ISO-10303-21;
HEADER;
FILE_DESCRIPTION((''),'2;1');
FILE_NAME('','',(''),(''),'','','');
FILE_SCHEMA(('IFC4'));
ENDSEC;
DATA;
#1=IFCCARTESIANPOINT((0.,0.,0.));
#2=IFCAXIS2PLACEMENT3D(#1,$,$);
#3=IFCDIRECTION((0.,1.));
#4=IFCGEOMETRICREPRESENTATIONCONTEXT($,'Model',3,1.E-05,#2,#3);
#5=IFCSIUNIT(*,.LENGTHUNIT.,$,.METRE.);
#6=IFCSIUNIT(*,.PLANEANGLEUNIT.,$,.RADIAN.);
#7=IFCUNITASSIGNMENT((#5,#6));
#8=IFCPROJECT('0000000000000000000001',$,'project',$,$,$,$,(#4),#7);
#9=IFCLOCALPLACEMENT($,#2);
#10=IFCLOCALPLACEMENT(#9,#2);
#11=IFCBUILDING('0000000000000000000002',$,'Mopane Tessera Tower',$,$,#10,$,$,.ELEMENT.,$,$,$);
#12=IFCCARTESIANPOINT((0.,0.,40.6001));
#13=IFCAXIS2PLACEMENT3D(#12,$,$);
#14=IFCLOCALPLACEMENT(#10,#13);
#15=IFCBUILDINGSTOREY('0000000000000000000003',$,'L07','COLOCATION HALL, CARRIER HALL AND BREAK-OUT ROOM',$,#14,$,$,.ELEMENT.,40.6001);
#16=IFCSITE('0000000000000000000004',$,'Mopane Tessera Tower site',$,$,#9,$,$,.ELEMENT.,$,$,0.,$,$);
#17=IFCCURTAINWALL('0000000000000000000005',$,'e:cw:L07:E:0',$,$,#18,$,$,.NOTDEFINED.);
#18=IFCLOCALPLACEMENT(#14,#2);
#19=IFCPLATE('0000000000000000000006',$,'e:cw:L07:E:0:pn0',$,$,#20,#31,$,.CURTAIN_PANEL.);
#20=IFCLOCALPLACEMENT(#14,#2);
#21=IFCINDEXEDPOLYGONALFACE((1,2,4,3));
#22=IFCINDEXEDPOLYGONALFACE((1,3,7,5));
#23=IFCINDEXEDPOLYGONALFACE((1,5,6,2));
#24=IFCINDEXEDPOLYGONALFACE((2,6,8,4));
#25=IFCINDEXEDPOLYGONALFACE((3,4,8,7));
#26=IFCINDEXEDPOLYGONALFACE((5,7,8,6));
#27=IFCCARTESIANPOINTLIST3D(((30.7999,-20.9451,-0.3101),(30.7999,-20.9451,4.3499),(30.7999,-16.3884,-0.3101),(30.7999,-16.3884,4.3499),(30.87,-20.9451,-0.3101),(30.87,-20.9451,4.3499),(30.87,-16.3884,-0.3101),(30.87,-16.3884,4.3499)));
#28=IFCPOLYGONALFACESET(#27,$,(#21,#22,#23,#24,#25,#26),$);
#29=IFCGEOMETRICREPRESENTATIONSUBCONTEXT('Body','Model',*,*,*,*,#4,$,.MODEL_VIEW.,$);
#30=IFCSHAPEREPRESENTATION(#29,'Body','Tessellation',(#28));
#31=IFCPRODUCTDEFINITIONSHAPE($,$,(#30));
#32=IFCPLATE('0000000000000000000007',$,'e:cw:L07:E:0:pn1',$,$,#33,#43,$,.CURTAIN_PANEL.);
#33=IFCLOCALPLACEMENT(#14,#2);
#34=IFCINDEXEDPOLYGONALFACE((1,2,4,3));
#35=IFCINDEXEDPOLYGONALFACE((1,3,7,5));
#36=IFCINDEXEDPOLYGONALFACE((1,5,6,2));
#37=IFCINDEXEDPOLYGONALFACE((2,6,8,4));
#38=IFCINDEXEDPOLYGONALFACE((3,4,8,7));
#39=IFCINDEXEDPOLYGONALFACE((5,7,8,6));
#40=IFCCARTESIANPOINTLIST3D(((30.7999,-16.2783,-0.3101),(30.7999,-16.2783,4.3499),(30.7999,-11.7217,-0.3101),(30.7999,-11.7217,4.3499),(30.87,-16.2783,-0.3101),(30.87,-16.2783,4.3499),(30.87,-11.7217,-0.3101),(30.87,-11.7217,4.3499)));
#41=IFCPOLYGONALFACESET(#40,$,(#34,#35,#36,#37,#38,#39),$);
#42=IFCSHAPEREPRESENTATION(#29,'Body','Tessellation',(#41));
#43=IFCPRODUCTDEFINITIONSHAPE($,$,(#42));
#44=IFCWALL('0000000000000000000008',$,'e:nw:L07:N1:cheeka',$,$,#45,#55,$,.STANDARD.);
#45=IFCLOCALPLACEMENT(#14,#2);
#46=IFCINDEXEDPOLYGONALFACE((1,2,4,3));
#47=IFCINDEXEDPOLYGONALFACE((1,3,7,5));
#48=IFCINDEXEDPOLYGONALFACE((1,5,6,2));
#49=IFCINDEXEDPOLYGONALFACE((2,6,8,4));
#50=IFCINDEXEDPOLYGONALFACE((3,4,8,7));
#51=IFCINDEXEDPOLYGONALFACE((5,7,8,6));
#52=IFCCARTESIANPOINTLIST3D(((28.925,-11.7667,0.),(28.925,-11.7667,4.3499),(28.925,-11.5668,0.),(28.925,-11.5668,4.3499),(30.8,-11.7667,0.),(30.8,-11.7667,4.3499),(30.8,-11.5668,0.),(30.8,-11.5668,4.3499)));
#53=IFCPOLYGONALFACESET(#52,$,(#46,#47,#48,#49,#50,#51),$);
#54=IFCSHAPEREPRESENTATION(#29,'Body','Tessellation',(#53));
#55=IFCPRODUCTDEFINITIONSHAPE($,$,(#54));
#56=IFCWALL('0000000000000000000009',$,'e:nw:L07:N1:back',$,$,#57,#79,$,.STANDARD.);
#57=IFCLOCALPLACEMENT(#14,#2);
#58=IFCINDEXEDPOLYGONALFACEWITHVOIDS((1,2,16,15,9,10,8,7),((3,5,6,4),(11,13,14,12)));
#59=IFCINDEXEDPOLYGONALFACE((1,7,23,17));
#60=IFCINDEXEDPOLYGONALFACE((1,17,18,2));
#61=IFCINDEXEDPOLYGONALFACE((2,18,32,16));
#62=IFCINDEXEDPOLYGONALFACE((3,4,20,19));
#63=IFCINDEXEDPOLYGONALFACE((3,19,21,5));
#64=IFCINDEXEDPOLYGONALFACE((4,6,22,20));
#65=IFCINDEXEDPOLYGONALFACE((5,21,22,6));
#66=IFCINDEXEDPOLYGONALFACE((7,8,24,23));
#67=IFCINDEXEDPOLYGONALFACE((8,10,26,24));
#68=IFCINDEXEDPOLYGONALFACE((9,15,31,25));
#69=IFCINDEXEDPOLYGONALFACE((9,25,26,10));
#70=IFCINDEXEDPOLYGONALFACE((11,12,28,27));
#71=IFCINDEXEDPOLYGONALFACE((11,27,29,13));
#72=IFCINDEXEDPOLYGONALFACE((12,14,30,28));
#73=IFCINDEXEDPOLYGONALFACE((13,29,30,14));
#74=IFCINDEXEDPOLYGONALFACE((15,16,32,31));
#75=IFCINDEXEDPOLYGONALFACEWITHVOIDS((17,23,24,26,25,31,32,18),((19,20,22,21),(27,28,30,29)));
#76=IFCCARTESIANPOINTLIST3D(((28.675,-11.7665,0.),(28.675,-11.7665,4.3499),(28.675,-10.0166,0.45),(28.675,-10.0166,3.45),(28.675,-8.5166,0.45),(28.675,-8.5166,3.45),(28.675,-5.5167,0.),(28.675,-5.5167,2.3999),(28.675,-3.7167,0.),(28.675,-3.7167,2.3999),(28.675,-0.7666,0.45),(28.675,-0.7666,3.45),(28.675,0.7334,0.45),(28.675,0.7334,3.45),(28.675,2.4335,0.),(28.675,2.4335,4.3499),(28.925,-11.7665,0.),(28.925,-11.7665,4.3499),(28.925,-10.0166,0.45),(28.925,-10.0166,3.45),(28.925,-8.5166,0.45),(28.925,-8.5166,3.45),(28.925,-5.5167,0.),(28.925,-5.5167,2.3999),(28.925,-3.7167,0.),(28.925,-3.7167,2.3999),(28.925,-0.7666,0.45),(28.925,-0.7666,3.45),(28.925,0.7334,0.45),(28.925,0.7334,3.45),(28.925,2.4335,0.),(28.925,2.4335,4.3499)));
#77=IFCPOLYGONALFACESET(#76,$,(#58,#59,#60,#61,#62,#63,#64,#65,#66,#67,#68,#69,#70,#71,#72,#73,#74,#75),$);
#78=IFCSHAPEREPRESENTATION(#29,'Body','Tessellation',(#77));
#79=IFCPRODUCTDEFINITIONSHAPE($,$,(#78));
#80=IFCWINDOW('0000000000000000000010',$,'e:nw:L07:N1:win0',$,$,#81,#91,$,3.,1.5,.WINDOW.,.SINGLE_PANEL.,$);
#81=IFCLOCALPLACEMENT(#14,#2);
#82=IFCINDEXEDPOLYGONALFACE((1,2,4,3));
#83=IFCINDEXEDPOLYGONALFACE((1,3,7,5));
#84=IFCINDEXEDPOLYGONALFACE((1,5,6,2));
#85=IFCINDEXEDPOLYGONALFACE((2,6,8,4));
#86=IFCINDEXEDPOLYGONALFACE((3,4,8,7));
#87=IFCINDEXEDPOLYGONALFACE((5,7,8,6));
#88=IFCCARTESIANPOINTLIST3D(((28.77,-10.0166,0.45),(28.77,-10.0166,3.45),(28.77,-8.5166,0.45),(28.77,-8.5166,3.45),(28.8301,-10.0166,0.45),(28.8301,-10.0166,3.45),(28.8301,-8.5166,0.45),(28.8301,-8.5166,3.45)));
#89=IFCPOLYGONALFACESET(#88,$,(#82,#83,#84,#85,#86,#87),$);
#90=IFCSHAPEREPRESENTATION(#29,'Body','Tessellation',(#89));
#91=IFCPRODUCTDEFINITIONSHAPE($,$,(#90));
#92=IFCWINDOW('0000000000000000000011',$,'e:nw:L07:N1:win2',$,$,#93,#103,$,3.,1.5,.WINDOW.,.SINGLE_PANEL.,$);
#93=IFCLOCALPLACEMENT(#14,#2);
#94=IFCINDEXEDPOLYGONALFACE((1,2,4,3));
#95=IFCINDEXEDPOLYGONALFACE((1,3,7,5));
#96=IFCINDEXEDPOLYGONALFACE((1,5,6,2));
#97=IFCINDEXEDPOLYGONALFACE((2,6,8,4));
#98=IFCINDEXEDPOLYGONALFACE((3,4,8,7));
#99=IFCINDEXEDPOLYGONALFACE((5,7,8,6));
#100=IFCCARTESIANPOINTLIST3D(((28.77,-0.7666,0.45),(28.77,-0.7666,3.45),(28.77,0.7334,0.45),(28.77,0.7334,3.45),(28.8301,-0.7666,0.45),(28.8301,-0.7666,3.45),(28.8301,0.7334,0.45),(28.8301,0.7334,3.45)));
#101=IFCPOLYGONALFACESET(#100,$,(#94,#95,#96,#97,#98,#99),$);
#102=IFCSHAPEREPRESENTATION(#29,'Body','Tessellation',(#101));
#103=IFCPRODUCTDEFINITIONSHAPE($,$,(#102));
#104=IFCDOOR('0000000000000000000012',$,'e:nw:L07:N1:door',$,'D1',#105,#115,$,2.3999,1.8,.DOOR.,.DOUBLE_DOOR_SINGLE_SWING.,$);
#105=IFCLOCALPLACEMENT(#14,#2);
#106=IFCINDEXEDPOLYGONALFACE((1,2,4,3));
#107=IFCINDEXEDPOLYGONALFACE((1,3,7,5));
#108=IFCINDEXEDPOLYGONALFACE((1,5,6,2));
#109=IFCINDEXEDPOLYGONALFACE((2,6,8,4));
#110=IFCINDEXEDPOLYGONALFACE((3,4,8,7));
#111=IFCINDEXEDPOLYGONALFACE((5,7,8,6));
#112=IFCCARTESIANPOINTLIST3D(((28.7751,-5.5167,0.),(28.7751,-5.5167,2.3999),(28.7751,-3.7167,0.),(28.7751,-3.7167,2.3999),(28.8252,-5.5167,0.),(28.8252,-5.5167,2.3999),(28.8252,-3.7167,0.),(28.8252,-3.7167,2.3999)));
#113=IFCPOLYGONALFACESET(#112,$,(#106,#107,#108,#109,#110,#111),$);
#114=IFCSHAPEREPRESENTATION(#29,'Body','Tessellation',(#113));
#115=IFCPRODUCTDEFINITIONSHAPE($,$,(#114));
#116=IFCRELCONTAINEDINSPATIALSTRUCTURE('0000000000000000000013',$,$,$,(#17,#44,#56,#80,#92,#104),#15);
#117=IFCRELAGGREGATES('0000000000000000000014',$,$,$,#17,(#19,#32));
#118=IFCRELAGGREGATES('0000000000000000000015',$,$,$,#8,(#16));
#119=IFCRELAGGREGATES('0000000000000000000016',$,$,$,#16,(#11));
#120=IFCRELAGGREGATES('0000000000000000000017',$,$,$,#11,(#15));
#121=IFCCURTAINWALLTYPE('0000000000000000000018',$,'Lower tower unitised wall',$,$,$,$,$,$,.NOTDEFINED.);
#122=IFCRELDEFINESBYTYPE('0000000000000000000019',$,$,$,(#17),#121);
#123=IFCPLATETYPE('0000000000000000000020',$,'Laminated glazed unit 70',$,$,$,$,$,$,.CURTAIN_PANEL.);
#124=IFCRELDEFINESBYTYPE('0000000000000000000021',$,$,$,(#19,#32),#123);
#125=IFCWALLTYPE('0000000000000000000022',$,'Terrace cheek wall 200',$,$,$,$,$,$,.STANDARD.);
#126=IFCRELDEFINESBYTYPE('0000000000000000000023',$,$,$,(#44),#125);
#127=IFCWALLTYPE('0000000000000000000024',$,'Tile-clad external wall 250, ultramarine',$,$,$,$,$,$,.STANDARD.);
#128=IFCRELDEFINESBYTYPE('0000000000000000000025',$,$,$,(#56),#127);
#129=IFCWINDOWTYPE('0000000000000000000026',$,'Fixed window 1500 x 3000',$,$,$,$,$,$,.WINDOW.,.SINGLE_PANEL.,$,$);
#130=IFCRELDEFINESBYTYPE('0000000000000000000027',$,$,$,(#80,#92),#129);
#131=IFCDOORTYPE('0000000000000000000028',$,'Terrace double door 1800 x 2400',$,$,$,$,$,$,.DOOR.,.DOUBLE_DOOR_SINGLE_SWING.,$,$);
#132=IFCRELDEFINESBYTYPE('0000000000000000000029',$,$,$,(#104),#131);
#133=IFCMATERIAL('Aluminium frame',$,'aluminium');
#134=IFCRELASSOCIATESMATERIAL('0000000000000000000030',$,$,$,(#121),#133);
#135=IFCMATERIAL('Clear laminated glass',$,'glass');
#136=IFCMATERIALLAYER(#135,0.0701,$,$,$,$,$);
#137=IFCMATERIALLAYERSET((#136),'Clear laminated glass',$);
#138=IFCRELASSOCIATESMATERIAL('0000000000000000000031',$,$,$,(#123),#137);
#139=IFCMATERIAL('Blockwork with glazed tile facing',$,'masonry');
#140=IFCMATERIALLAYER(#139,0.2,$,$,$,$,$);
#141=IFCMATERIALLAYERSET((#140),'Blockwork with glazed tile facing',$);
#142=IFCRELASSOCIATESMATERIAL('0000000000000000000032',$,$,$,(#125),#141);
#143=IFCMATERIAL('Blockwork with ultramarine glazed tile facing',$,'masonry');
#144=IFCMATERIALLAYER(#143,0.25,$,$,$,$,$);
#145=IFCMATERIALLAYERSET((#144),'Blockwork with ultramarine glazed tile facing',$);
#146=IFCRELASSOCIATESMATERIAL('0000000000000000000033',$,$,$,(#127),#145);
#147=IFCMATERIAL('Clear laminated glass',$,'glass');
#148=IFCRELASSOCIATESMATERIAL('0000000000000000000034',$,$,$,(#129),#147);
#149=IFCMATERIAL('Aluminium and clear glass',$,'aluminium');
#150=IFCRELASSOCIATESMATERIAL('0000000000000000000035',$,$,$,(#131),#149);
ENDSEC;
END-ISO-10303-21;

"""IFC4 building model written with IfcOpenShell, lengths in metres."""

from ifc_helpers import new_model, si_unit, direction, frame, frame_2d, origin, origin_2d, place, context, subcontext, project, spatial, rectangle, extrude, material, layer, layer_set, type_object, element, fill, aggregate, save


model = new_model("IFC4")

# Units and contexts
model_context = context("Model", 3, precision=1e-05, world=origin(), true_north=direction((0.0, 1.0)))
body_context = subcontext(model_context, "Body", "Model", "MODEL_VIEW")
ifc_project = project(units=[si_unit("LENGTHUNIT", "METRE"), si_unit("PLANEANGLEUNIT", "RADIAN")], contexts=[model_context])

# Site, building, storey
site_placement = place(None, origin())
site = spatial("IfcSite", under=ifc_project, at=site_placement, Name="Mopane Tessera Tower site", CompositionType="ELEMENT", RefElevation=0.0)
building_placement = place(site_placement, origin())
building = spatial("IfcBuilding", under=site, at=building_placement, Name="Mopane Tessera Tower", CompositionType="ELEMENT")
storey_placement = place(building_placement, frame((0.0, 0.0, 40.6001)))
storey = spatial("IfcBuildingStorey", under=building, at=storey_placement, Name="L07", Description="COLOCATION HALL, CARRIER HALL AND BREAK-OUT ROOM", CompositionType="ELEMENT", Elevation=40.6001)

# Curtain wall
ifc_material_1 = material(Name="Aluminium frame", Category="aluminium")
curtain_wall_type = type_object("IfcCurtainWallType", Name="Lower tower unitised wall", PredefinedType="NOTDEFINED", material=ifc_material_1)
curtain_wall_1_placement = place(storey_placement, origin())
curtain_wall_1 = element("IfcCurtainWall", 1, at=curtain_wall_1_placement, inside=storey, type_object=curtain_wall_type, Name="e:cw:L07:E:0", PredefinedType="NOTDEFINED")

# Plates
ifc_material_2 = material(Name="Clear laminated glass", Category="glass")
ifc_layer_1 = layer(ifc_material_2, 0.0701)
ifc_layer_set_1 = layer_set([ifc_layer_1], Name="Clear laminated glass")
plate_type = type_object("IfcPlateType", Name="Laminated glazed unit 70", PredefinedType="CURTAIN_PANEL", material=ifc_layer_set_1)
plate_1_placement = place(storey_placement, frame((30.835, -18.6667, -0.3101), z_axis=(0.0, 0.0, 1.0), x_axis=(0.0, 1.0, 0.0)))
plate_1 = element("IfcPlate", 2, at=plate_1_placement, type_object=plate_type, Name="e:cw:L07:E:0:pn0", PredefinedType="CURTAIN_PANEL", context=body_context, shape_type="SweptSolid", body=[
    extrude(rectangle(XDim=4.5566, YDim=0.0701, at=origin_2d()), origin(), (0.0, 0.0, 1.0), 4.6599),
])
plate_2_placement = place(storey_placement, frame((30.835, -14.0, -0.3101), z_axis=(0.0, 0.0, 1.0), x_axis=(0.0, 1.0, 0.0)))
plate_2 = element("IfcPlate", 3, at=plate_2_placement, type_object=plate_type, Name="e:cw:L07:E:0:pn1", PredefinedType="CURTAIN_PANEL", context=body_context, shape_type="SweptSolid", body=[
    extrude(rectangle(XDim=4.5566, YDim=0.0701, at=origin_2d()), origin(), (0.0, 0.0, 1.0), 4.6599),
])
aggregate(curtain_wall_1, [plate_1, plate_2])

# Wall
ifc_material_3 = material(Name="Blockwork with glazed tile facing", Category="masonry")
ifc_layer_2 = layer(ifc_material_3, 0.2)
ifc_layer_set_2 = layer_set([ifc_layer_2], Name="Blockwork with glazed tile facing")
wall_type_1 = type_object("IfcWallType", Name="Terrace cheek wall 200", PredefinedType="STANDARD", material=ifc_layer_set_2)
wall_1_placement = place(storey_placement, frame((30.8, -11.6667, 0.0), z_axis=(0.0, 0.0, 1.0), x_axis=(-1.0, 0.0, 0.0)))
element("IfcWall", 4, at=wall_1_placement, inside=storey, type_object=wall_type_1, Name="e:nw:L07:N1:cheeka", PredefinedType="STANDARD", context=body_context, shape_type="SweptSolid", body=[
    extrude(rectangle(XDim=1.875, YDim=0.2, at=frame_2d((0.9375, 0.0))), origin(), (0.0, 0.0, 1.0), 4.3499),
])

# Wall, openings, windows, door
ifc_material_4 = material(Name="Blockwork with ultramarine glazed tile facing", Category="masonry")
ifc_layer_3 = layer(ifc_material_4, 0.25)
ifc_layer_set_3 = layer_set([ifc_layer_3], Name="Blockwork with ultramarine glazed tile facing")
wall_type_2 = type_object("IfcWallType", Name="Tile-clad external wall 250, ultramarine", PredefinedType="STANDARD", material=ifc_layer_set_3)
wall_2_placement = place(storey_placement, frame((28.8, -11.7666, 0.0), z_axis=(0.0, 0.0, 1.0), x_axis=(0.0, 1.0, 0.0)))
wall_2 = element("IfcWall", 5, at=wall_2_placement, inside=storey, type_object=wall_type_2, Name="e:nw:L07:N1:back", PredefinedType="STANDARD", context=body_context, shape_type="SweptSolid", body=[
    extrude(rectangle(XDim=14.2, YDim=0.25, at=frame_2d((7.1001, 0.0))), origin(), (0.0, 0.0, 1.0), 4.3499),
])
opening_1_placement = place(wall_2_placement, frame((1.75, 0.0, 0.45)))
opening_1 = element("IfcOpeningElement", 6, at=opening_1_placement, cuts=wall_2, PredefinedType="OPENING", context=body_context, shape_type="SweptSolid", body=[
    extrude(rectangle(XDim=1.5, YDim=3.0, at=frame_2d((0.75, 1.5))), frame((0.0, 0.137, 0.0), z_axis=(0.0, -1.0, 0.0), x_axis=(1.0, 0.0, 0.0)), (0.0, 0.0, 1.0), 0.2739),
])
opening_2_placement = place(wall_2_placement, frame((6.25, 0.0, 0.0)))
opening_2 = element("IfcOpeningElement", 7, at=opening_2_placement, cuts=wall_2, PredefinedType="OPENING", context=body_context, shape_type="SweptSolid", body=[
    extrude(rectangle(XDim=1.8, YDim=2.3999, at=frame_2d((0.8999, 1.2))), frame((0.0, 0.137, 0.0), z_axis=(0.0, -1.0, 0.0), x_axis=(1.0, 0.0, 0.0)), (0.0, 0.0, 1.0), 0.2739),
])
opening_3_placement = place(wall_2_placement, frame((11.0, 0.0, 0.45)))
opening_3 = element("IfcOpeningElement", 8, at=opening_3_placement, cuts=wall_2, PredefinedType="OPENING", context=body_context, shape_type="SweptSolid", body=[
    extrude(rectangle(XDim=1.5, YDim=3.0, at=frame_2d((0.75, 1.5))), frame((0.0, 0.137, 0.0), z_axis=(0.0, -1.0, 0.0), x_axis=(1.0, 0.0, 0.0)), (0.0, 0.0, 1.0), 0.2739),
])
ifc_material_5 = material(Name="Clear laminated glass", Category="glass")
window_type = type_object("IfcWindowType", Name="Fixed window 1500 x 3000", PartitioningType="SINGLE_PANEL", PredefinedType="WINDOW", material=ifc_material_5)
window_1_placement = place(opening_1_placement, origin())
window_1 = element("IfcWindow", 9, at=window_1_placement, inside=storey, type_object=window_type, Name="e:nw:L07:N1:win0", OverallHeight=3.0, OverallWidth=1.5, PartitioningType="SINGLE_PANEL", PredefinedType="WINDOW", context=body_context, shape_type="SweptSolid", body=[
    extrude(rectangle(XDim=1.5, YDim=3.0, at=frame_2d((0.75, 1.5))), frame((0.0, 0.03, 0.0), z_axis=(0.0, -1.0, 0.0), x_axis=(1.0, 0.0, 0.0)), (0.0, 0.0, 1.0), 0.0601),
])
fill(opening_1, window_1)
window_2_placement = place(opening_3_placement, origin())
window_2 = element("IfcWindow", 10, at=window_2_placement, inside=storey, type_object=window_type, Name="e:nw:L07:N1:win2", OverallHeight=3.0, OverallWidth=1.5, PartitioningType="SINGLE_PANEL", PredefinedType="WINDOW", context=body_context, shape_type="SweptSolid", body=[
    extrude(rectangle(XDim=1.5, YDim=3.0, at=frame_2d((0.75, 1.5))), frame((0.0, 0.03, 0.0), z_axis=(0.0, -1.0, 0.0), x_axis=(1.0, 0.0, 0.0)), (0.0, 0.0, 1.0), 0.0601),
])
fill(opening_3, window_2)
ifc_material_6 = material(Name="Aluminium and clear glass", Category="aluminium")
door_type = type_object("IfcDoorType", Name="Terrace double door 1800 x 2400", OperationType="DOUBLE_DOOR_SINGLE_SWING", PredefinedType="DOOR", material=ifc_material_6)
door_placement = place(opening_2_placement, origin())
door = element("IfcDoor", 11, at=door_placement, inside=storey, type_object=door_type, Name="e:nw:L07:N1:door", ObjectType="D1", OperationType="DOUBLE_DOOR_SINGLE_SWING", OverallHeight=2.3999, OverallWidth=1.8, PredefinedType="DOOR", context=body_context, shape_type="SweptSolid", body=[
    extrude(rectangle(XDim=1.8, YDim=2.3999, at=frame_2d((0.8999, 1.2))), frame((0.0, 0.0249, 0.0), z_axis=(0.0, -1.0, 0.0), x_axis=(1.0, 0.0, 0.0)), (0.0, 0.0, 1.0), 0.05),
])
fill(opening_2, door)

save(model, "model.ifc")
